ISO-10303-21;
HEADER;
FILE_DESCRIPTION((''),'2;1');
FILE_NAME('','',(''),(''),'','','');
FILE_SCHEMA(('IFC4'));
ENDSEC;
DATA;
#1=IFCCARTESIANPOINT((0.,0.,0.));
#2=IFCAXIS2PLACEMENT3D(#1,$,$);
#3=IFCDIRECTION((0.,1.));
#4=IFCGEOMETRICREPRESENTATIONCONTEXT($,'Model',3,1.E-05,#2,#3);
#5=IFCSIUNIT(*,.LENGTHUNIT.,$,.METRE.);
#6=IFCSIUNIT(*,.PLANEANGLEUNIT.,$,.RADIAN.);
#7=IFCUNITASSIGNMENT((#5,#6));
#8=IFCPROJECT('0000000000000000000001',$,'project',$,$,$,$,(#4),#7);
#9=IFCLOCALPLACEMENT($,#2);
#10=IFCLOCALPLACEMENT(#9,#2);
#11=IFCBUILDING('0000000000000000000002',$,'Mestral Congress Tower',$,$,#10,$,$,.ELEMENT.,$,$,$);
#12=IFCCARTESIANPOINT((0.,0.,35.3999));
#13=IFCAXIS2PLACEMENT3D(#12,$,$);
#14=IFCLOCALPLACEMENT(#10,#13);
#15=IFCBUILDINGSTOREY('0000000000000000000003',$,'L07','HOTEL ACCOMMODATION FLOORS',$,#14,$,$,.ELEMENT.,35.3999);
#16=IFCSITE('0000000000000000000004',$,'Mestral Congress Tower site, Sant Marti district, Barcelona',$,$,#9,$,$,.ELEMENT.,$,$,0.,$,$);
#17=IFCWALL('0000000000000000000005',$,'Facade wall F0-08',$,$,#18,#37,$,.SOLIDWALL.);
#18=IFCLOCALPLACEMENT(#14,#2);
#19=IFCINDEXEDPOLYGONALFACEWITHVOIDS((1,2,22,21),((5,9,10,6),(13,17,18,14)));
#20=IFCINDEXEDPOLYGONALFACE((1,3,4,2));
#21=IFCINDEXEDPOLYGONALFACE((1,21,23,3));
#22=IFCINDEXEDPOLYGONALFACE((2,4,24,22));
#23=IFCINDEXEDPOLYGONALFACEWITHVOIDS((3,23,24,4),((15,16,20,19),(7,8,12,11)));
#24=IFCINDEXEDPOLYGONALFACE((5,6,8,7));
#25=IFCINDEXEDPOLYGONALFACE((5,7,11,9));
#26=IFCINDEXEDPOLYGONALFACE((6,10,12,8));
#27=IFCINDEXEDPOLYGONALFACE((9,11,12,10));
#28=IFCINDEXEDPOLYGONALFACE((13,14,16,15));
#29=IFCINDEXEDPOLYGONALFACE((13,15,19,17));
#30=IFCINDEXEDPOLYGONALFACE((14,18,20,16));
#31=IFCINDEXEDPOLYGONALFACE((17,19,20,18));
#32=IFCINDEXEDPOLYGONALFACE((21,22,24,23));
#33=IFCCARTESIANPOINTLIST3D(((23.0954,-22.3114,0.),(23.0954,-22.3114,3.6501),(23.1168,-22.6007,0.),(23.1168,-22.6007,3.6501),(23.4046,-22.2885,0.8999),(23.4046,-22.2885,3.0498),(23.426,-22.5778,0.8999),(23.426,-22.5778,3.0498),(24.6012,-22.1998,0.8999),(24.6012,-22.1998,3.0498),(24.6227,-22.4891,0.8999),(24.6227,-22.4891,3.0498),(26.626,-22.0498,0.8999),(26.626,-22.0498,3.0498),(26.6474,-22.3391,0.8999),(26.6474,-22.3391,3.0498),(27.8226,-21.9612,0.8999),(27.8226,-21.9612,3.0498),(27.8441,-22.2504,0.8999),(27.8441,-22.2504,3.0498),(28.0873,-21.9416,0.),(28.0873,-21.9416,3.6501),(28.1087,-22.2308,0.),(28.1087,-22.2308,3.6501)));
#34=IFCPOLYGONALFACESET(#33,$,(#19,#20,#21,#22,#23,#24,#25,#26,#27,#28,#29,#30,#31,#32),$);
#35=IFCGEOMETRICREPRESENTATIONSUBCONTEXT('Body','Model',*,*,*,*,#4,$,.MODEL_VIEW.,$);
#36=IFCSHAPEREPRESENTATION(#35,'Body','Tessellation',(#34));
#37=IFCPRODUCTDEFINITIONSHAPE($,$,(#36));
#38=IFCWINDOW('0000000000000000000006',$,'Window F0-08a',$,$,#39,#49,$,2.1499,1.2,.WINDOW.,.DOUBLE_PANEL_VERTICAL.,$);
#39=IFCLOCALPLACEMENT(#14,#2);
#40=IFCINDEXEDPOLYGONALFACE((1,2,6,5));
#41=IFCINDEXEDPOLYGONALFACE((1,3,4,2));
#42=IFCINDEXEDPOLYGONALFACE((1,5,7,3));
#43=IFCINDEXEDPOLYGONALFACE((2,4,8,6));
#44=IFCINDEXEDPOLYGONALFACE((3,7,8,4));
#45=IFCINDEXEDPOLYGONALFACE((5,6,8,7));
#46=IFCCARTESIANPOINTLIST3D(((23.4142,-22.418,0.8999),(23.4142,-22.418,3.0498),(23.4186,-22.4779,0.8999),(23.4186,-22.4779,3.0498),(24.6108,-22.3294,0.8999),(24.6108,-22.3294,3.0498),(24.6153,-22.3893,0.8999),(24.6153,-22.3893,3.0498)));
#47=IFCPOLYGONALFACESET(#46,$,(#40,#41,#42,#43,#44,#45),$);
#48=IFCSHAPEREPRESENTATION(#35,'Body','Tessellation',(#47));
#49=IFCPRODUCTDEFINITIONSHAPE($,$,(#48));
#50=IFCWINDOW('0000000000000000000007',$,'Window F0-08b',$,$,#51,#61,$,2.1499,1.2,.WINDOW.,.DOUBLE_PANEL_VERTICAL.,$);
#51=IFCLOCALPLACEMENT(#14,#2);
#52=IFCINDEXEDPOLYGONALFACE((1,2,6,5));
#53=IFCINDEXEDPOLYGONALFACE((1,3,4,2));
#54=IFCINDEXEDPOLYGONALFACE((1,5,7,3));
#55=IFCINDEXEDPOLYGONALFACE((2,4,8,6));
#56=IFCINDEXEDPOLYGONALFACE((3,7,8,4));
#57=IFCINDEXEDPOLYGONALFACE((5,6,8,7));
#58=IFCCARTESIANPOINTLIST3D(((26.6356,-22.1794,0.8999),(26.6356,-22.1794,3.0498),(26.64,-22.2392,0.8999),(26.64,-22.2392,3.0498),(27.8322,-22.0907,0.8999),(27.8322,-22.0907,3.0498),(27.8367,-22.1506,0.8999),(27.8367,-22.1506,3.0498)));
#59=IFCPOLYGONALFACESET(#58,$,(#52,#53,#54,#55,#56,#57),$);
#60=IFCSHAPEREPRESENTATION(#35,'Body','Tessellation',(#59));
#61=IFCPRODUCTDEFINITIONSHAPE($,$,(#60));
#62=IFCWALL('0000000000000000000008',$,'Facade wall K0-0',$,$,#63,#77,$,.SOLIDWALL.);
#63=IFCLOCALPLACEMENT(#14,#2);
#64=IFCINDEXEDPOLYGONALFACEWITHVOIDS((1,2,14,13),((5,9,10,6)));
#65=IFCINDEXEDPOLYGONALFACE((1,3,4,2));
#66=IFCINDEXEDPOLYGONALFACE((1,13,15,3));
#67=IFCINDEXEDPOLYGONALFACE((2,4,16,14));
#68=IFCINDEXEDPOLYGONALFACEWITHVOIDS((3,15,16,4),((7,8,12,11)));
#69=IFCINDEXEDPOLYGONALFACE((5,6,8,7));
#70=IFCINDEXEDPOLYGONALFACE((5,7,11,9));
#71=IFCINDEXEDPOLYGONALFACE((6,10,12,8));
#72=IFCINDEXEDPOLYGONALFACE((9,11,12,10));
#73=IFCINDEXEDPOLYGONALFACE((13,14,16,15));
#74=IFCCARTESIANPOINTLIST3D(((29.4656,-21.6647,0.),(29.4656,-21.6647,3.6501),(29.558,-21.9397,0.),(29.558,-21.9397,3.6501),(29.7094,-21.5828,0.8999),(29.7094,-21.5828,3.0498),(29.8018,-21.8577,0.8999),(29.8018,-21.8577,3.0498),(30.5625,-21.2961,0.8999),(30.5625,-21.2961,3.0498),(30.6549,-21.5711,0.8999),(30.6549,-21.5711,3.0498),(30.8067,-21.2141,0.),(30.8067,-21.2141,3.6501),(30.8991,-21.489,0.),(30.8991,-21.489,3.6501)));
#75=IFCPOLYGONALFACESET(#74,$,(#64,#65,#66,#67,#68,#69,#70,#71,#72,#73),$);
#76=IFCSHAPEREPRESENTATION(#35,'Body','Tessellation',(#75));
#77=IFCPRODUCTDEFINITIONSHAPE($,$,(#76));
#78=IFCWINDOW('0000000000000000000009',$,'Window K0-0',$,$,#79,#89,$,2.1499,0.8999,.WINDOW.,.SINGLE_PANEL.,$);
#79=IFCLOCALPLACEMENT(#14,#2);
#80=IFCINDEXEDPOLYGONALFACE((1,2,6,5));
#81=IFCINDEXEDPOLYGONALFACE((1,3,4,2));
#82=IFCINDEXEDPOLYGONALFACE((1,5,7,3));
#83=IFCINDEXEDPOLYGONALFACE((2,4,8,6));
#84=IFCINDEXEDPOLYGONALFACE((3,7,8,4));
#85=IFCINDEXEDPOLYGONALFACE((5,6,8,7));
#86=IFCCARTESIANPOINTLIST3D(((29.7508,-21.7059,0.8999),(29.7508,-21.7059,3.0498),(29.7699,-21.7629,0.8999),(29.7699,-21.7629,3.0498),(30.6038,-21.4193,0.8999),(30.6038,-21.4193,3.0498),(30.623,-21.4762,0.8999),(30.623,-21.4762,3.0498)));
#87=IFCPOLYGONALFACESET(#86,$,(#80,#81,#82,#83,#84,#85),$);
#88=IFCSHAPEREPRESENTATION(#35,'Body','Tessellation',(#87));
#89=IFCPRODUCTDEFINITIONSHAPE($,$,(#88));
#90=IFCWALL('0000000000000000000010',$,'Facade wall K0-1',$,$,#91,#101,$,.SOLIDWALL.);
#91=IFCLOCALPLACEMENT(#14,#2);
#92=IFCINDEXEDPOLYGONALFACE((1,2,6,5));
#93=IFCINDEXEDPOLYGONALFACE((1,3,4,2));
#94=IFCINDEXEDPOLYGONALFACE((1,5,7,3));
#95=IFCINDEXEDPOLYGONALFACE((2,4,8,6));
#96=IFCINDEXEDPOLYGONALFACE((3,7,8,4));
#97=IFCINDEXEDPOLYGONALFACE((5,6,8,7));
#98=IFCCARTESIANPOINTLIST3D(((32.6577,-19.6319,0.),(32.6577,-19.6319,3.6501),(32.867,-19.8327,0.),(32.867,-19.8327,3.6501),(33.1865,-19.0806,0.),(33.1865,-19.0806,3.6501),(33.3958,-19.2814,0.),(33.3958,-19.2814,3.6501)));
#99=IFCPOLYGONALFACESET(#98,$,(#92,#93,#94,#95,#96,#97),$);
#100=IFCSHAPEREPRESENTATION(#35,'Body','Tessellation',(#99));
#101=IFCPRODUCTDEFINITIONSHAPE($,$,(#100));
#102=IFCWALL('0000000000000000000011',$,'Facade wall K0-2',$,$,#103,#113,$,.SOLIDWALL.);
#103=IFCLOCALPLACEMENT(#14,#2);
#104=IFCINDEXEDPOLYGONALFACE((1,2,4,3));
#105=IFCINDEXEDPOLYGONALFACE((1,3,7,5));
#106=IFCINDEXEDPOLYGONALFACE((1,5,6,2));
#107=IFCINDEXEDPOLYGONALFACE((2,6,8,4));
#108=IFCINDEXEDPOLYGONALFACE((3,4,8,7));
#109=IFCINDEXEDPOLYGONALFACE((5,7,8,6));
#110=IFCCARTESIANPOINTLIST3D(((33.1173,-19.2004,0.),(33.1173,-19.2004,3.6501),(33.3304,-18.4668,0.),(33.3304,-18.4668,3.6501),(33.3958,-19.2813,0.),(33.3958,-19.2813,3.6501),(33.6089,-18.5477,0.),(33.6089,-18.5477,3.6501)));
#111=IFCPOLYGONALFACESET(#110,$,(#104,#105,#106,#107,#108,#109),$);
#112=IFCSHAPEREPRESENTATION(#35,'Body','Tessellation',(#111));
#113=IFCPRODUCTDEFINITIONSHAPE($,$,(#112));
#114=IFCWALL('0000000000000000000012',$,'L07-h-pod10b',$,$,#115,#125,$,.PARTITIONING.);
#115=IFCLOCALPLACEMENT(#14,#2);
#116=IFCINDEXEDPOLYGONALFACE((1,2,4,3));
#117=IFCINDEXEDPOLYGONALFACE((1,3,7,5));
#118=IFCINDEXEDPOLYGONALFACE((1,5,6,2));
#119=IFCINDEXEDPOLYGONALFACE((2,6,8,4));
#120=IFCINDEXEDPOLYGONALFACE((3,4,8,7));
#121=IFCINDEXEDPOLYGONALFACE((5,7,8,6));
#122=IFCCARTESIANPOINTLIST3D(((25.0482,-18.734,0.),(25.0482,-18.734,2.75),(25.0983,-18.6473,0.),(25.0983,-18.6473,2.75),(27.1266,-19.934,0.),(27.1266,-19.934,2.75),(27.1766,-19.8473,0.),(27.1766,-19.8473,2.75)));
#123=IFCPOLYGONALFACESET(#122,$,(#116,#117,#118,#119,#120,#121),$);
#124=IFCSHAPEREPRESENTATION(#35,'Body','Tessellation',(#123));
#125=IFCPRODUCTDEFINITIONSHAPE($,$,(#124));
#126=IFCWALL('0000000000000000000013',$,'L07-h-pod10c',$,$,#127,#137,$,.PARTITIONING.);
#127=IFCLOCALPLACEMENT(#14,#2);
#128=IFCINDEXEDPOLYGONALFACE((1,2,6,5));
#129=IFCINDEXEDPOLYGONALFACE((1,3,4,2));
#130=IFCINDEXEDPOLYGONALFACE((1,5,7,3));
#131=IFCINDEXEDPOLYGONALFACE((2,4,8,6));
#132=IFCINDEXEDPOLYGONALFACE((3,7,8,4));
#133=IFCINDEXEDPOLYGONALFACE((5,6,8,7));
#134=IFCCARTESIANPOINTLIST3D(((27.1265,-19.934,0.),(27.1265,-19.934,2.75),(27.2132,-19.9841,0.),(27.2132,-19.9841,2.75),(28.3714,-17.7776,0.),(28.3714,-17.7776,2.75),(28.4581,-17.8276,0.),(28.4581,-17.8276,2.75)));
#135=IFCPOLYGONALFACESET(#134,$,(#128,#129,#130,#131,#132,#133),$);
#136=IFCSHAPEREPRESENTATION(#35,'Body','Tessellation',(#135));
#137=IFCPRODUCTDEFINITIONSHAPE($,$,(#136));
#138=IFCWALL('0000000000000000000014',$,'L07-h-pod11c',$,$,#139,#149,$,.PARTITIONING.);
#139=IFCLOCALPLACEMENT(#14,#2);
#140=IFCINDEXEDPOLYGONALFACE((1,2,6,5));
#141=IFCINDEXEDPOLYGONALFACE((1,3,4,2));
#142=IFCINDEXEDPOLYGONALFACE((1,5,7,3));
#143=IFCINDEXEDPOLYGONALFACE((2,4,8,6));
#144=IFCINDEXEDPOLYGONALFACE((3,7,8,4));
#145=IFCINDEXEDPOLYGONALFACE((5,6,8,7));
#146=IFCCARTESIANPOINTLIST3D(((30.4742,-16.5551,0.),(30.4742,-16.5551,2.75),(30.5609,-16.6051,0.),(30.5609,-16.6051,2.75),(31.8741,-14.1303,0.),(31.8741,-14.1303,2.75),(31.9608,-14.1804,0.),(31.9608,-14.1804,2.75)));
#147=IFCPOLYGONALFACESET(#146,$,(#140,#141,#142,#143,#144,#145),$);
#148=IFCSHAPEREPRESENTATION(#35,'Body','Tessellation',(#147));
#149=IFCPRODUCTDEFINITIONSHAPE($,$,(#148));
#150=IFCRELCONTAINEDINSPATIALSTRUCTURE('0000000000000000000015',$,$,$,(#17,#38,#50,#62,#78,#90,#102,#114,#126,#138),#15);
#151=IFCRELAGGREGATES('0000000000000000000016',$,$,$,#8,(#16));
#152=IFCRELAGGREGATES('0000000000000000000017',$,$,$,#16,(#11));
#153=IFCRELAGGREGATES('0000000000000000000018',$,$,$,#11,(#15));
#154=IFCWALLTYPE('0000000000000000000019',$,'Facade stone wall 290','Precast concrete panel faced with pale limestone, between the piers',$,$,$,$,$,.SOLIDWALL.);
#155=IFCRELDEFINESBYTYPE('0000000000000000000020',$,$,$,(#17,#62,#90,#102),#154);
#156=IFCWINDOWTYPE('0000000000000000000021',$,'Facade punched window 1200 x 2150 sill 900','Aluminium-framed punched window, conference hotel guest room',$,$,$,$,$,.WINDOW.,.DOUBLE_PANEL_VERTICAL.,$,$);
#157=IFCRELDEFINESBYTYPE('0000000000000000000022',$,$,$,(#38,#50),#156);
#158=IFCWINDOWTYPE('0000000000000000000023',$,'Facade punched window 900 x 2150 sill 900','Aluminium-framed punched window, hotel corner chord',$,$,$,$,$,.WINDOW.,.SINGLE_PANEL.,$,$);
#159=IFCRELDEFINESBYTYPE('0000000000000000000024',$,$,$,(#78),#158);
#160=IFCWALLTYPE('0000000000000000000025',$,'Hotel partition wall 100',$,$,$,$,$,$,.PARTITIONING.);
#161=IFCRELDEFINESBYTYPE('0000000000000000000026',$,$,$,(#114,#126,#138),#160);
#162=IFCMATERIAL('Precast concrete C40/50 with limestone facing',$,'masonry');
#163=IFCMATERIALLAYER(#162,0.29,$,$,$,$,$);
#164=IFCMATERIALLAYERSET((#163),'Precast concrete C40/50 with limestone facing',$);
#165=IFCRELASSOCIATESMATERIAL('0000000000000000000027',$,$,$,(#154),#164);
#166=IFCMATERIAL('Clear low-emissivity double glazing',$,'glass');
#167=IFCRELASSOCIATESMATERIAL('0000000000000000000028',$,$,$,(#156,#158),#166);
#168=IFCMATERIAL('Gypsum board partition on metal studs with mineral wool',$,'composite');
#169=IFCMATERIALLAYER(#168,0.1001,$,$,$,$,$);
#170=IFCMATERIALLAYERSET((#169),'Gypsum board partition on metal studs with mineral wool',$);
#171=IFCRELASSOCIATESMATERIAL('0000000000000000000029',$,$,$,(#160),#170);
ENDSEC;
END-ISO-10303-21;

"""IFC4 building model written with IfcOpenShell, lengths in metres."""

from ifc_helpers import new_model, si_unit, direction, frame, frame_2d, origin, place, context, subcontext, project, spatial, rectangle, extrude, material, layer, layer_set, type_object, element, fill, save


model = new_model("IFC4")

# Units and contexts
model_context = context("Model", 3, precision=1e-05, world=origin(), true_north=direction((0.0, 1.0)))
body_context = subcontext(model_context, "Body", "Model", "MODEL_VIEW")
ifc_project = project(units=[si_unit("LENGTHUNIT", "METRE"), si_unit("PLANEANGLEUNIT", "RADIAN")], contexts=[model_context])

# Site, building, storey
site_placement = place(None, origin())
site = spatial("IfcSite", under=ifc_project, at=site_placement, Name="Mestral Congress Tower site, Sant Marti district, Barcelona", CompositionType="ELEMENT", RefElevation=0.0)
building_placement = place(site_placement, origin())
building = spatial("IfcBuilding", under=site, at=building_placement, Name="Mestral Congress Tower", CompositionType="ELEMENT")
storey_placement = place(building_placement, frame((0.0, 0.0, 35.3999)))
storey = spatial("IfcBuildingStorey", under=building, at=storey_placement, Name="L07", Description="HOTEL ACCOMMODATION FLOORS", CompositionType="ELEMENT", Elevation=35.3999)

# Wall, openings, windows
ifc_material_1 = material(Name="Precast concrete C40/50 with limestone facing", Category="masonry")
ifc_layer_1 = layer(ifc_material_1, 0.29)
ifc_layer_set_1 = layer_set([ifc_layer_1], Name="Precast concrete C40/50 with limestone facing")
wall_type_1 = type_object("IfcWallType", Name="Facade stone wall 290", Description="Precast concrete panel faced with pale limestone, between the piers", PredefinedType="SOLIDWALL", material=ifc_layer_set_1)
ifc_material_2 = material(Name="Clear low-emissivity double glazing", Category="glass")
window_type_1 = type_object("IfcWindowType", Name="Facade punched window 1200 x 2150 sill 900", Description="Aluminium-framed punched window, conference hotel guest room", PartitioningType="DOUBLE_PANEL_VERTICAL", PredefinedType="WINDOW", material=ifc_material_2)
wall_1_placement = place(storey_placement, frame((23.106, -22.4561, 0.0), z_axis=(0.0, 0.0, 1.0), x_axis=(0.997266, 0.073891, 0.0)))
wall_1 = element("IfcWall", 1, at=wall_1_placement, inside=storey, type_object=wall_type_1, Name="Facade wall F0-08", PredefinedType="SOLIDWALL", context=body_context, shape_type="SweptSolid", body=[
    extrude(rectangle(XDim=5.0056, YDim=0.29, at=frame_2d((2.5029, 0.0))), origin(), (0.0, 0.0, 1.0), 3.6501),
])
opening_1_placement = place(wall_1_placement, frame((0.3101, 0.0, 0.8999)))
opening_1 = element("IfcOpeningElement", 2, at=opening_1_placement, cuts=wall_1, PredefinedType="OPENING", context=body_context, shape_type="SweptSolid", body=[
    extrude(rectangle(XDim=1.2, YDim=2.1499, at=frame_2d((0.6001, 1.075))), frame((0.0, 0.155, 0.0), z_axis=(0.0, -1.0, 0.0), x_axis=(1.0, 0.0, 0.0)), (0.0, 0.0, 1.0), 0.3101),
])
opening_2_placement = place(wall_1_placement, frame((3.5403, 0.0, 0.8999)))
opening_2 = element("IfcOpeningElement", 3, at=opening_2_placement, cuts=wall_1, PredefinedType="OPENING", context=body_context, shape_type="SweptSolid", body=[
    extrude(rectangle(XDim=1.2, YDim=2.1499, at=frame_2d((0.6001, 1.075))), frame((0.0, 0.155, 0.0), z_axis=(0.0, -1.0, 0.0), x_axis=(1.0, 0.0, 0.0)), (0.0, 0.0, 1.0), 0.3101),
])
window_1_placement = place(opening_1_placement, origin())
window_1 = element("IfcWindow", 4, at=window_1_placement, inside=storey, type_object=window_type_1, Name="Window F0-08a", OverallHeight=2.1499, OverallWidth=1.2, PartitioningType="DOUBLE_PANEL_VERTICAL", PredefinedType="WINDOW", context=body_context, shape_type="SweptSolid", body=[
    extrude(rectangle(XDim=1.2, YDim=2.1499, at=frame_2d((0.6001, 1.075))), frame((0.0, 0.0151, 0.0), z_axis=(0.0, -1.0, 0.0), x_axis=(1.0, 0.0, 0.0)), (0.0, 0.0, 1.0), 0.0601),
])
fill(opening_1, window_1)
window_2_placement = place(opening_2_placement, origin())
window_2 = element("IfcWindow", 5, at=window_2_placement, inside=storey, type_object=window_type_1, Name="Window F0-08b", OverallHeight=2.1499, OverallWidth=1.2, PartitioningType="DOUBLE_PANEL_VERTICAL", PredefinedType="WINDOW", context=body_context, shape_type="SweptSolid", body=[
    extrude(rectangle(XDim=1.2, YDim=2.1499, at=frame_2d((0.6001, 1.075))), frame((0.0, 0.0151, 0.0), z_axis=(0.0, -1.0, 0.0), x_axis=(1.0, 0.0, 0.0)), (0.0, 0.0, 1.0), 0.0601),
])
fill(opening_2, window_2)

# Wall, opening, window
wall_2_placement = place(storey_placement, frame((29.5117, -21.8022, 0.0), z_axis=(0.0, 0.0, 1.0), x_axis=(0.947904, 0.318556, 0.0)))
wall_2 = element("IfcWall", 6, at=wall_2_placement, inside=storey, type_object=wall_type_1, Name="Facade wall K0-0", PredefinedType="SOLIDWALL", context=body_context, shape_type="SweptSolid", body=[
    extrude(rectangle(XDim=1.4148, YDim=0.29, at=frame_2d((0.7075, 0.0))), origin(), (0.0, 0.0, 1.0), 3.6501),
])
opening_3_placement = place(wall_2_placement, frame((0.2573, 0.0, 0.8999)))
opening_3 = element("IfcOpeningElement", 7, at=opening_3_placement, cuts=wall_2, PredefinedType="OPENING", context=body_context, shape_type="SweptSolid", body=[
    extrude(rectangle(XDim=0.8999, YDim=2.1499, at=frame_2d((0.45, 1.075))), frame((0.0, 0.155, 0.0), z_axis=(0.0, -1.0, 0.0), x_axis=(1.0, 0.0, 0.0)), (0.0, 0.0, 1.0), 0.3101),
])
window_type_2 = type_object("IfcWindowType", Name="Facade punched window 900 x 2150 sill 900", Description="Aluminium-framed punched window, hotel corner chord", PartitioningType="SINGLE_PANEL", PredefinedType="WINDOW", material=ifc_material_2)
window_3_placement = place(opening_3_placement, origin())
window_3 = element("IfcWindow", 8, at=window_3_placement, inside=storey, type_object=window_type_2, Name="Window K0-0", OverallHeight=2.1499, OverallWidth=0.8999, PartitioningType="SINGLE_PANEL", PredefinedType="WINDOW", context=body_context, shape_type="SweptSolid", body=[
    extrude(rectangle(XDim=0.8999, YDim=2.1499, at=frame_2d((0.45, 1.075))), frame((0.0, 0.0151, 0.0), z_axis=(0.0, -1.0, 0.0), x_axis=(1.0, 0.0, 0.0)), (0.0, 0.0, 1.0), 0.0601),
])
fill(opening_3, window_3)

# Walls
for number, where, z_axis, x_axis, name in (
    (9, (32.7625, -19.7322, 0.0), (0.0, 0.0, 1.0), (0.692252, 0.721656, 0.0), "Facade wall K0-1"),
    (10, (33.2566, -19.2407, 0.0), (0.0, 0.0, 1.0), (0.278981, 0.960297, 0.0), "Facade wall K0-2"),
):
    element("IfcWall", number, at=place(storey_placement, frame(where, z_axis=z_axis, x_axis=x_axis)), inside=storey, type_object=wall_type_1, Name=name, PredefinedType="SOLIDWALL", context=body_context, shape_type="SweptSolid", body=[
        extrude(rectangle(XDim=0.7639, YDim=0.29, at=frame_2d((0.3818, 0.0))), origin(), (0.0, 0.0, 1.0), 3.6501),
    ])
ifc_material_3 = material(Name="Gypsum board partition on metal studs with mineral wool", Category="composite")
ifc_layer_2 = layer(ifc_material_3, 0.1001)
ifc_layer_set_2 = layer_set([ifc_layer_2], Name="Gypsum board partition on metal studs with mineral wool")
wall_type_2 = type_object("IfcWallType", Name="Hotel partition wall 100", PredefinedType="PARTITIONING", material=ifc_layer_set_2)
wall_3_placement = place(storey_placement, frame((25.0732, -18.6907, 0.0), z_axis=(0.0, 0.0, 1.0), x_axis=(0.866025, -0.500001, 0.0)))
element("IfcWall", 11, at=wall_3_placement, inside=storey, type_object=wall_type_2, Name="L07-h-pod10b", PredefinedType="PARTITIONING", context=body_context, shape_type="SweptSolid", body=[
    extrude(rectangle(XDim=2.3999, YDim=0.1001, at=frame_2d((1.2, 0.0))), origin(), (0.0, 0.0, 1.0), 2.75),
])
wall_4_placement = place(storey_placement, frame((28.4148, -17.8025, 0.0), z_axis=(0.0, 0.0, 1.0), x_axis=(-0.499946, -0.866057, 0.0)))
element("IfcWall", 12, at=wall_4_placement, inside=storey, type_object=wall_type_2, Name="L07-h-pod10c", PredefinedType="PARTITIONING", context=body_context, shape_type="SweptSolid", body=[
    extrude(rectangle(XDim=2.49, YDim=0.1001, at=frame_2d((1.2451, 0.0))), origin(), (0.0, 0.0, 1.0), 2.75),
])
wall_5_placement = place(storey_placement, frame((30.5176, -16.5801, 0.0), z_axis=(0.0, 0.0, 1.0), x_axis=(0.499984, 0.866035, 0.0)))
element("IfcWall", 13, at=wall_5_placement, inside=storey, type_object=wall_type_2, Name="L07-h-pod11c", PredefinedType="PARTITIONING", context=body_context, shape_type="SweptSolid", body=[
    extrude(rectangle(XDim=2.7998, YDim=0.1001, at=frame_2d((1.3999, 0.0))), origin(), (0.0, 0.0, 1.0), 2.75),
])

save(model, "model.ifc")
